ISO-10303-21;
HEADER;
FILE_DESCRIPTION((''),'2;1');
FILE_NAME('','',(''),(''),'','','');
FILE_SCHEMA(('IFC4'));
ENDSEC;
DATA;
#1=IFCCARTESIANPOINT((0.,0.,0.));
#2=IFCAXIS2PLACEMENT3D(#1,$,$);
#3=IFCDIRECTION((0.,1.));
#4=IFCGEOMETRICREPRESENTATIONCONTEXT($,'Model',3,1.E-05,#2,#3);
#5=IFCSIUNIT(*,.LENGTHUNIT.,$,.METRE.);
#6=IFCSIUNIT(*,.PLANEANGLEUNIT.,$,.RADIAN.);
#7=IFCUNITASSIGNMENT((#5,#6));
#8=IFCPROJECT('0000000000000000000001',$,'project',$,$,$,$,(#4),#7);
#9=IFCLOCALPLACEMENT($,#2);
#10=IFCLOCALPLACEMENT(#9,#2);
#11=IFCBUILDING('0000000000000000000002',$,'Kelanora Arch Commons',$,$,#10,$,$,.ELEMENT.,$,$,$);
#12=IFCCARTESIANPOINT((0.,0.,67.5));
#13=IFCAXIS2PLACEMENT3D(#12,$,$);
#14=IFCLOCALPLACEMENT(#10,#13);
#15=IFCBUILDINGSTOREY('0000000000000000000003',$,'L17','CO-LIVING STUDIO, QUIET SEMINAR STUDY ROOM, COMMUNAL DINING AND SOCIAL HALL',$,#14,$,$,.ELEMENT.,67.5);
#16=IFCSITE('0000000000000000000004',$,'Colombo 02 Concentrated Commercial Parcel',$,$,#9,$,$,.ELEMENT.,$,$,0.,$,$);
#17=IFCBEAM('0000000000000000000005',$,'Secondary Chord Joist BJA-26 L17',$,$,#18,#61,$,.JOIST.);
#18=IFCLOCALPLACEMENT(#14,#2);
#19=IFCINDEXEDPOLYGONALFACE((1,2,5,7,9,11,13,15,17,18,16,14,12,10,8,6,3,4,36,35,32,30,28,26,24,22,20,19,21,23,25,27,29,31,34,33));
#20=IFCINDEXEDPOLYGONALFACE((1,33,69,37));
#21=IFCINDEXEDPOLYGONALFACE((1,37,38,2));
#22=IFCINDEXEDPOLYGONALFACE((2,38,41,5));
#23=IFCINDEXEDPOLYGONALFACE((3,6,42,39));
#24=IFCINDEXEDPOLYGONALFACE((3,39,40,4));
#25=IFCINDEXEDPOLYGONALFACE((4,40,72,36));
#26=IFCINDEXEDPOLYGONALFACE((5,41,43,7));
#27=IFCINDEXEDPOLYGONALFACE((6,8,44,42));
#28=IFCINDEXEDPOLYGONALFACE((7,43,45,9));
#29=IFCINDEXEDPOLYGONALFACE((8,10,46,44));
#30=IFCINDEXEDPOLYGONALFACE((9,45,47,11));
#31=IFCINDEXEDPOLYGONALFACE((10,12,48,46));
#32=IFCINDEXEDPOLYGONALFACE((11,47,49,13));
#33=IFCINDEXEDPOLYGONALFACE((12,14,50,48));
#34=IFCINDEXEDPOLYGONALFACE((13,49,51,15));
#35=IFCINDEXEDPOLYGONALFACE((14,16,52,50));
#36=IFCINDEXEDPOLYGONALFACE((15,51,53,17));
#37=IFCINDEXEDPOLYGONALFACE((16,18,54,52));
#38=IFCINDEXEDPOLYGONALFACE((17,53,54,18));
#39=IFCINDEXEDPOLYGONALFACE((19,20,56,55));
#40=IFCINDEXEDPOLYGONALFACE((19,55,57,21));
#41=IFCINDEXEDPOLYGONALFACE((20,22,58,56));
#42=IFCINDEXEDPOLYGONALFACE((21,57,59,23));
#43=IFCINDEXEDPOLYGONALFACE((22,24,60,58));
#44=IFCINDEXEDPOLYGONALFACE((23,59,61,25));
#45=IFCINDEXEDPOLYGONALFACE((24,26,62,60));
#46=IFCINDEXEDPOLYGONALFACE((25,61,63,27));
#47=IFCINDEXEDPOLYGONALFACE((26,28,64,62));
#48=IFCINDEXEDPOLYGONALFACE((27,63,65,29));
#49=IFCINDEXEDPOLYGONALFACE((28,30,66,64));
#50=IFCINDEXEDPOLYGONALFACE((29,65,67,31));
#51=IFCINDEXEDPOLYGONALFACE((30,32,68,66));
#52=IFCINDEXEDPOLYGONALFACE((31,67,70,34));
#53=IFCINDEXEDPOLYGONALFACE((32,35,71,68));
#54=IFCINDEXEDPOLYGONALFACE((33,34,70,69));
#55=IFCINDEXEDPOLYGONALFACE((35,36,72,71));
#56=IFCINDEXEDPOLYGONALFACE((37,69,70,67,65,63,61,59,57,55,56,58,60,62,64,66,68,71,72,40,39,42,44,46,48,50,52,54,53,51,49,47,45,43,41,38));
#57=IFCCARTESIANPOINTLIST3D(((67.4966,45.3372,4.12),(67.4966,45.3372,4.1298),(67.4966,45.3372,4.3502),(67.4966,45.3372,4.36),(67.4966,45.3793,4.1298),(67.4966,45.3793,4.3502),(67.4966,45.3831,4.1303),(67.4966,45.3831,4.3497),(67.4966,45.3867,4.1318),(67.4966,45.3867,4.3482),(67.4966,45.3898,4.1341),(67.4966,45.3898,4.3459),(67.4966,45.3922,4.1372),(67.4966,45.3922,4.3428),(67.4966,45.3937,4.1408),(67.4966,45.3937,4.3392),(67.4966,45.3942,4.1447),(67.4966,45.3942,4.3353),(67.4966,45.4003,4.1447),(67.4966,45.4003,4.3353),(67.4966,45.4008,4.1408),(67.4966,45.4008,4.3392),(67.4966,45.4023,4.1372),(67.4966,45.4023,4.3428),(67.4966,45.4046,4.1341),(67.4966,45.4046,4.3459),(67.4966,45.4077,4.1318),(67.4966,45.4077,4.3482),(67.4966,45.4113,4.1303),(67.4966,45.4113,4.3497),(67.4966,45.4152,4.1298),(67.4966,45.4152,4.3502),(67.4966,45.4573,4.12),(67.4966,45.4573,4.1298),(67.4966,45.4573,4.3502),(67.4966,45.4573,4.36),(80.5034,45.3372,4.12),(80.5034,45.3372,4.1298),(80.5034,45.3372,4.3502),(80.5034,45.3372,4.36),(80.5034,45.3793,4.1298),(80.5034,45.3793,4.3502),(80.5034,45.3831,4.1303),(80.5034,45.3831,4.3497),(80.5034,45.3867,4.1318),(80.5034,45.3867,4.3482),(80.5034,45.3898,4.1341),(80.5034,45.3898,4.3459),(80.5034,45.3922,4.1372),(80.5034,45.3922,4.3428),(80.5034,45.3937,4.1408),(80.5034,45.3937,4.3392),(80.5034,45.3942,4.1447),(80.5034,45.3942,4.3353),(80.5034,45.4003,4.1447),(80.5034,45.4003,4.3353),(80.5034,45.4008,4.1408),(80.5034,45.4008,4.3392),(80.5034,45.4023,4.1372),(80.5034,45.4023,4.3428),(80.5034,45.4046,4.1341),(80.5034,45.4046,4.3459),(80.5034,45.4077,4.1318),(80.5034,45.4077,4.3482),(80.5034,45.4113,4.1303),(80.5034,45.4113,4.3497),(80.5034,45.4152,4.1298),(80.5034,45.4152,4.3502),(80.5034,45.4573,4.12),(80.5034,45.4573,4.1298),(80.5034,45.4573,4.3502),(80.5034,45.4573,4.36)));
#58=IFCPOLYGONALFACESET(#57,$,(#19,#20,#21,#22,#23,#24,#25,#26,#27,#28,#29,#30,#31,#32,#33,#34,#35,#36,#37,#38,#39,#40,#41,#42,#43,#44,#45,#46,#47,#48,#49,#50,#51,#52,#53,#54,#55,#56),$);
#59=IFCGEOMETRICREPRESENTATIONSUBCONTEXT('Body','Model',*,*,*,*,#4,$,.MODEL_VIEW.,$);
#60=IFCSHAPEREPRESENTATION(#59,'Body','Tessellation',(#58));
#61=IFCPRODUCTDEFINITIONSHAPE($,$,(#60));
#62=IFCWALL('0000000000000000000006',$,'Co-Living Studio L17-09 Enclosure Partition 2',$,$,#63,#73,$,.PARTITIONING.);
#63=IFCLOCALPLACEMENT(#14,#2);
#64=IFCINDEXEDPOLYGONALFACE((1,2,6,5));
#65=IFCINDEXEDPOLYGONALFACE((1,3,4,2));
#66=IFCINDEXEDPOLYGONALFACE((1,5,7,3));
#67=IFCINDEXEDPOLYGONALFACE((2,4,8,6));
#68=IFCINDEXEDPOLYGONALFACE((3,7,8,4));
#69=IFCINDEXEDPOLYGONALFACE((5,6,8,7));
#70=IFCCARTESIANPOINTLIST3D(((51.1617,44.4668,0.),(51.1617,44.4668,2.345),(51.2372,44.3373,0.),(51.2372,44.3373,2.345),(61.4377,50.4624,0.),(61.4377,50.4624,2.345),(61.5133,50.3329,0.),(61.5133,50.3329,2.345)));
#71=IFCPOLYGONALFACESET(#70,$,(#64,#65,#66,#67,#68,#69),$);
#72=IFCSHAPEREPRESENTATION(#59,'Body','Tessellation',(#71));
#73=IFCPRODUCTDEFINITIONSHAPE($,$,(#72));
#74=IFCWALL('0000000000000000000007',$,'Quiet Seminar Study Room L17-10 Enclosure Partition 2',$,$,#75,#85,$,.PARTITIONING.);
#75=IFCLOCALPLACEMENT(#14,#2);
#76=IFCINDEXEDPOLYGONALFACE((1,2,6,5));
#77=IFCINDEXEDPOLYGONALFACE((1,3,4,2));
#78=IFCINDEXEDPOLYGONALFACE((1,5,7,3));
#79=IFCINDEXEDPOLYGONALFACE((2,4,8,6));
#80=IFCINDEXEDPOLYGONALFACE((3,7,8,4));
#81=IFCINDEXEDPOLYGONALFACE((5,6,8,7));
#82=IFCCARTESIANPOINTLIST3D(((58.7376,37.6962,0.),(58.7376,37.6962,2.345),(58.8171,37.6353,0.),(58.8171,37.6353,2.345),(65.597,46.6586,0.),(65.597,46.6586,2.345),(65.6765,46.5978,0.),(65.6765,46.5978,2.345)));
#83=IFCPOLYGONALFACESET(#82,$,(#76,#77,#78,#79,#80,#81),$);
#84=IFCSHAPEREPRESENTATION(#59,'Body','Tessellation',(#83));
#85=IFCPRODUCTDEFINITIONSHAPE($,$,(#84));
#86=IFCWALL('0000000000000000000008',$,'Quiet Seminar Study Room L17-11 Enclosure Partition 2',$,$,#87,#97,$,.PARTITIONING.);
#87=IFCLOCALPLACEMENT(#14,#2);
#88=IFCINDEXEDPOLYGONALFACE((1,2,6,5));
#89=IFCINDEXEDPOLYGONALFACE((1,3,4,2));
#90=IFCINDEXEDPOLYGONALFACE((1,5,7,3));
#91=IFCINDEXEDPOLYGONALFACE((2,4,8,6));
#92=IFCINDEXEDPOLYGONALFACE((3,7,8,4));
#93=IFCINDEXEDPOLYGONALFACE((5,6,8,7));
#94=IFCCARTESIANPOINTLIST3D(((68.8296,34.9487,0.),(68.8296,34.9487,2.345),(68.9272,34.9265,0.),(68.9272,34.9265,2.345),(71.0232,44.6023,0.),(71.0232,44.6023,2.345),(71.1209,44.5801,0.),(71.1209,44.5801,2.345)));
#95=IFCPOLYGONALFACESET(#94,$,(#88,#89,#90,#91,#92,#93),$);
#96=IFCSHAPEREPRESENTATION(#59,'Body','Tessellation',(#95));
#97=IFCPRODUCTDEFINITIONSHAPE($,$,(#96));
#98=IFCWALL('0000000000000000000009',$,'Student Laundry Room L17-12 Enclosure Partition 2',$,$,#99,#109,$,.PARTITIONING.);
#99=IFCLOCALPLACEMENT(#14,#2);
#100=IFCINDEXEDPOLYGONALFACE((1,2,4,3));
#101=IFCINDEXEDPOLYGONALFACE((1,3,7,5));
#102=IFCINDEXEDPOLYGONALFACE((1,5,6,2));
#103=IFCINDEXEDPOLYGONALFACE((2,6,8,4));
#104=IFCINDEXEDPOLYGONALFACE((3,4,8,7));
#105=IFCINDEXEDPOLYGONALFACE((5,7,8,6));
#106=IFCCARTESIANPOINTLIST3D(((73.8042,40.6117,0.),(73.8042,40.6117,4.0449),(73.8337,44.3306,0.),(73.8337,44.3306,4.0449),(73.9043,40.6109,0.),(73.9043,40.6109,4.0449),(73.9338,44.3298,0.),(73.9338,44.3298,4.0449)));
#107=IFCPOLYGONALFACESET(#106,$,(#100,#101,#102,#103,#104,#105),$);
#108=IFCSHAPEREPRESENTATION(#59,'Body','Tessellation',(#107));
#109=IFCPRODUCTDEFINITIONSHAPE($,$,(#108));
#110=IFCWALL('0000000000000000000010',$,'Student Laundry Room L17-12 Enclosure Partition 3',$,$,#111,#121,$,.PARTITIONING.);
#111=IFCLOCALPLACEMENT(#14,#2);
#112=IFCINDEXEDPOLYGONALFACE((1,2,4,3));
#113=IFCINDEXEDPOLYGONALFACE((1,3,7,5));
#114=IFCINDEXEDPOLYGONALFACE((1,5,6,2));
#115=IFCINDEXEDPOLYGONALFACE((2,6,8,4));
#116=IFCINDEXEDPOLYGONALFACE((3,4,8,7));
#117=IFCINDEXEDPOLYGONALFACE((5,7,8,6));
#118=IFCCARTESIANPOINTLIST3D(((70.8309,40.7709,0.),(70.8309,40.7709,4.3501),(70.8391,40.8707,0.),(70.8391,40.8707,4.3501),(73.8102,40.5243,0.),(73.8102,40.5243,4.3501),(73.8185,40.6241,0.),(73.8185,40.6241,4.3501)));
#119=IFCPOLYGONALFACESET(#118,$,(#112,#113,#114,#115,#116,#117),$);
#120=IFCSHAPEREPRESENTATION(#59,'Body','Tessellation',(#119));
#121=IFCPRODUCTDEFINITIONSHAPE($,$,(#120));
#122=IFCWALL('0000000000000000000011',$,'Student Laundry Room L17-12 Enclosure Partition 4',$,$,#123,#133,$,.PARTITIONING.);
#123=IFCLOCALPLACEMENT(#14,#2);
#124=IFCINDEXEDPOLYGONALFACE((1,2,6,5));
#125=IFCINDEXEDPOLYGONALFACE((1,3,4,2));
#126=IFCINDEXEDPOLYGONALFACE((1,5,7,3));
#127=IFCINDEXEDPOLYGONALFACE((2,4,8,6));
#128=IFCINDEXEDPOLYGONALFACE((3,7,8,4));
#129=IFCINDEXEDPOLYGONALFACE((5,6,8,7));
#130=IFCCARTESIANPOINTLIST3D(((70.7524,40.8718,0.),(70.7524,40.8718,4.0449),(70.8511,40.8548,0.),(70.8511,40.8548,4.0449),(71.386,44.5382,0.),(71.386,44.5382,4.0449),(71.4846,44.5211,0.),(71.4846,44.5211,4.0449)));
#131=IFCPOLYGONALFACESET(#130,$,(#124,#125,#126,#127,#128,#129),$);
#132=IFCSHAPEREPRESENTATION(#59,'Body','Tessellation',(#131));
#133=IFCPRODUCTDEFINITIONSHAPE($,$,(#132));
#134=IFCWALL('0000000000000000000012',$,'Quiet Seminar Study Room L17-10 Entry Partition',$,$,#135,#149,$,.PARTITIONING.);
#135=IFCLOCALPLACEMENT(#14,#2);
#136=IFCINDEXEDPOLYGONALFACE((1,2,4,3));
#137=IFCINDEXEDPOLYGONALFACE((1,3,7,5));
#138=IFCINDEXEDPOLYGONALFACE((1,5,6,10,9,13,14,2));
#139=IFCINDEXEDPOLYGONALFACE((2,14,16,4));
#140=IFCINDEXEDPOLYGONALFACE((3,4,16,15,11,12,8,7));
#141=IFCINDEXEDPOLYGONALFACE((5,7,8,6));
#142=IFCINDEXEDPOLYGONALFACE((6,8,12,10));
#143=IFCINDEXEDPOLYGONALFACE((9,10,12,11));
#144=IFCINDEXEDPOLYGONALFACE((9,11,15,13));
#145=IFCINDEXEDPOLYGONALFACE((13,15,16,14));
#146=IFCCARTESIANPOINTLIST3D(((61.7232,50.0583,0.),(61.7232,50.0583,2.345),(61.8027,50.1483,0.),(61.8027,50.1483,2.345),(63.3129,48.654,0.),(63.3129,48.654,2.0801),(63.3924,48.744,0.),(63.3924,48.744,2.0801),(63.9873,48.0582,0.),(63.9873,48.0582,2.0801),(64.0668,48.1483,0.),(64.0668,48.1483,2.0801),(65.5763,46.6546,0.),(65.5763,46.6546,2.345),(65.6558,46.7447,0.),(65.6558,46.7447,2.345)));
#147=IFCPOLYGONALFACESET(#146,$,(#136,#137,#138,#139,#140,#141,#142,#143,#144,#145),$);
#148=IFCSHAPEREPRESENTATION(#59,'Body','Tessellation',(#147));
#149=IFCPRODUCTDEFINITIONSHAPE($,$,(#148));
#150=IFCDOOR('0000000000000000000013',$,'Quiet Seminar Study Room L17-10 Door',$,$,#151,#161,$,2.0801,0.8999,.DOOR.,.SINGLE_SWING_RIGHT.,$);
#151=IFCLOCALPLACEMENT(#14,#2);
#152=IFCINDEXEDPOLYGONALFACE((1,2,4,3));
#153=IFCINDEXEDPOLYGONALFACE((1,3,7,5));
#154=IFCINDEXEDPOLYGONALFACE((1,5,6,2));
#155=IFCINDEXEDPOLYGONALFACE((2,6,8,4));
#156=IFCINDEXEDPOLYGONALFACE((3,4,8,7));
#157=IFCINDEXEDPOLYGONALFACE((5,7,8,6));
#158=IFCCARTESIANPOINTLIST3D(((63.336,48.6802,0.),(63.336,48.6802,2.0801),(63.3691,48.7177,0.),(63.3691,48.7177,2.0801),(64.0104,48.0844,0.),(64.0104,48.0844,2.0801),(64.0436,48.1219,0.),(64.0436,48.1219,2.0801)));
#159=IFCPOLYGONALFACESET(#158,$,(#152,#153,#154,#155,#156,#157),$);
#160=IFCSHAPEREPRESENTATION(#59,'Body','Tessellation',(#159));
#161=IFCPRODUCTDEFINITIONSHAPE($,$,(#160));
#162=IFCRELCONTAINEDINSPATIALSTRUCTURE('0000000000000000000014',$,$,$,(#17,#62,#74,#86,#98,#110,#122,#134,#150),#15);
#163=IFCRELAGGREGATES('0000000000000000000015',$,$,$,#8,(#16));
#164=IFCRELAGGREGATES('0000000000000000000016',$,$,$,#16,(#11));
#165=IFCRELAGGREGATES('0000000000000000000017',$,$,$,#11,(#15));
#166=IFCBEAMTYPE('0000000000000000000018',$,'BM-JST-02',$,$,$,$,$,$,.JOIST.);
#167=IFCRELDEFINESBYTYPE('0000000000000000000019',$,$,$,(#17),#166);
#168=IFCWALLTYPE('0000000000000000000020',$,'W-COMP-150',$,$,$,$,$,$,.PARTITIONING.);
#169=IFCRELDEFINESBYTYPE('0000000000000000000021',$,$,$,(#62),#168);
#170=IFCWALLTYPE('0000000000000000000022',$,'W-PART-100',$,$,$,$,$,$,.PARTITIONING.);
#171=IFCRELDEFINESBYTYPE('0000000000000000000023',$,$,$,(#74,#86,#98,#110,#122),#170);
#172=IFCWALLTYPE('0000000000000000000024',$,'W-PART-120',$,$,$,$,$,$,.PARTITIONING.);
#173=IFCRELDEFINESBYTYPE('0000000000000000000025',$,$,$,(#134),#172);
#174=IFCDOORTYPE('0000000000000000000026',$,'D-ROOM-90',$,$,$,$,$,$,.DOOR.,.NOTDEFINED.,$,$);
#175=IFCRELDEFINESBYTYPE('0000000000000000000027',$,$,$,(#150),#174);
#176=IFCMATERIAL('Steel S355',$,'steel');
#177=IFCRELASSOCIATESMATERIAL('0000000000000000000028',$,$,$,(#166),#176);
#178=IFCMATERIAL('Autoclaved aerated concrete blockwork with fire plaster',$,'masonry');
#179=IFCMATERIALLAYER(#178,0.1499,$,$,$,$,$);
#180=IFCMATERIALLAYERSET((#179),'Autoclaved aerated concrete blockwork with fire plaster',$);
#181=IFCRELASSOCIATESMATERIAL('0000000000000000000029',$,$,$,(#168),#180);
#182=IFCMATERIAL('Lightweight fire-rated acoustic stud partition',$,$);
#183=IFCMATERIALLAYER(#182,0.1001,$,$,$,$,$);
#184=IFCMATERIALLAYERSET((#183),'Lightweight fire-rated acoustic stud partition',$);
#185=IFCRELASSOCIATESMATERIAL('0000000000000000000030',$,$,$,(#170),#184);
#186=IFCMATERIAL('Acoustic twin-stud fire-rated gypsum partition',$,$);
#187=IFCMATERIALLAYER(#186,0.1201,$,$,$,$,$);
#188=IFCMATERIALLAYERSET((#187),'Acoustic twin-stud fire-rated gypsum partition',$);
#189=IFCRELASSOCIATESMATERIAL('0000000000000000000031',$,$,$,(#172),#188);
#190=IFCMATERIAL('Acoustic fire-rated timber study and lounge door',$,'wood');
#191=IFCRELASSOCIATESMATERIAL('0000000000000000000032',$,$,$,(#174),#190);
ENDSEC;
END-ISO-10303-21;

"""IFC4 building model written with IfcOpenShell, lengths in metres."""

from ifc_helpers import new_model, si_unit, direction, frame, frame_2d, origin, origin_2d, place, context, subcontext, project, spatial, rectangle, i_section, extrude, material, layer, layer_set, material_profile, profile_set, type_object, element, fill, save


model = new_model("IFC4")

# Units and contexts
model_context = context("Model", 3, precision=1e-05, world=origin(), true_north=direction((0.0, 1.0)))
body_context = subcontext(model_context, "Body", "Model", "MODEL_VIEW")
ifc_project = project(units=[si_unit("LENGTHUNIT", "METRE"), si_unit("PLANEANGLEUNIT", "RADIAN")], contexts=[model_context])

# Site, building, storey
site_placement = place(None, origin())
site = spatial("IfcSite", under=ifc_project, at=site_placement, Name="Colombo 02 Concentrated Commercial Parcel", CompositionType="ELEMENT", RefElevation=0.0)
building_placement = place(site_placement, origin())
building = spatial("IfcBuilding", under=site, at=building_placement, Name="Kelanora Arch Commons", CompositionType="ELEMENT")
storey_placement = place(building_placement, frame((0.0, 0.0, 67.5)))
storey = spatial("IfcBuildingStorey", under=building, at=storey_placement, Name="L17", Description="CO-LIVING STUDIO, QUIET SEMINAR STUDY ROOM, COMMUNAL DINING AND SOCIAL HALL", CompositionType="ELEMENT", Elevation=67.5)

# Beam
ifc_material_1 = material(Name="Steel S355", Category="steel")
ifc_material_profile_1 = material_profile(ifc_material_1, i_section(OverallWidth=0.1201, OverallDepth=0.24, WebThickness=0.0061, FlangeThickness=0.0098, FilletRadius=0.0149, at=origin_2d()), Name="IPE240")
ifc_profile_set_1 = profile_set([ifc_material_profile_1], Name="Steel S355")
beam_type_1 = type_object("IfcBeamType", Name="BM-JST-02", PredefinedType="JOIST", material=ifc_profile_set_1)
beam_1_placement = place(storey_placement, frame((67.4966, 45.3972, 4.24), z_axis=(1.0, 0.0, 0.0), x_axis=(0.0, 1.0, 0.0)))
element("IfcBeam", 1, at=beam_1_placement, inside=storey, type_object=beam_type_1, Name="Secondary Chord Joist BJA-26 L17", PredefinedType="JOIST", context=body_context, shape_type="SweptSolid", body=[
    extrude(i_section(OverallWidth=0.1201, OverallDepth=0.24, WebThickness=0.0061, FlangeThickness=0.0098, FilletRadius=0.0149, at=origin_2d()), origin(), (0.0, 0.0, 1.0), 13.0068),
])

# Walls
ifc_material_2 = material(Name="Autoclaved aerated concrete blockwork with fire plaster", Category="masonry")
ifc_layer_1 = layer(ifc_material_2, 0.1499)
ifc_layer_set_1 = layer_set([ifc_layer_1], Name="Autoclaved aerated concrete blockwork with fire plaster")
wall_type_1 = type_object("IfcWallType", Name="W-COMP-150", PredefinedType="PARTITIONING", material=ifc_layer_set_1)
wall_1_placement = place(storey_placement, frame((61.4756, 50.3977, 0.0), z_axis=(0.0, 0.0, 1.0), x_axis=(-0.863735, -0.503946, 0.0)))
element("IfcWall", 2, at=wall_1_placement, inside=storey, type_object=wall_type_1, Name="Co-Living Studio L17-09 Enclosure Partition 2", PredefinedType="PARTITIONING", context=body_context, shape_type="SweptSolid", body=[
    extrude(rectangle(XDim=11.8972, YDim=0.1499, at=frame_2d((5.9487, 0.0))), origin(), (0.0, 0.0, 1.0), 2.345),
])
ifc_material_3 = material(Name="Lightweight fire-rated acoustic stud partition")
ifc_layer_2 = layer(ifc_material_3, 0.1001)
ifc_layer_set_2 = layer_set([ifc_layer_2], Name="Lightweight fire-rated acoustic stud partition")
wall_type_2 = type_object("IfcWallType", Name="W-PART-100", PredefinedType="PARTITIONING", material=ifc_layer_set_2)
wall_2_placement = place(storey_placement, frame((65.6367, 46.6282, 0.0), z_axis=(0.0, 0.0, 1.0), x_axis=(-0.607773, -0.794111, 0.0)))
element("IfcWall", 3, at=wall_2_placement, inside=storey, type_object=wall_type_2, Name="Quiet Seminar Study Room L17-10 Enclosure Partition 2", PredefinedType="PARTITIONING", context=body_context, shape_type="SweptSolid", body=[
    extrude(rectangle(XDim=11.2861, YDim=0.1001, at=frame_2d((5.6431, 0.0))), origin(), (0.0, 0.0, 1.0), 2.345),
])
wall_3_placement = place(storey_placement, frame((71.072, 44.5911, 0.0), z_axis=(0.0, 0.0, 1.0), x_axis=(-0.221584, -0.975141, 0.0)))
element("IfcWall", 4, at=wall_3_placement, inside=storey, type_object=wall_type_2, Name="Quiet Seminar Study Room L17-11 Enclosure Partition 2", PredefinedType="PARTITIONING", context=body_context, shape_type="SweptSolid", body=[
    extrude(rectangle(XDim=9.8997, YDim=0.1001, at=frame_2d((4.9497, 0.0))), origin(), (0.0, 0.0, 1.0), 2.345),
])
wall_4_placement = place(storey_placement, frame((73.8838, 44.3301, 0.0), z_axis=(0.0, 0.0, 1.0), x_axis=(-0.007943, -0.999968, 0.0)))
element("IfcWall", 5, at=wall_4_placement, inside=storey, type_object=wall_type_2, Name="Student Laundry Room L17-12 Enclosure Partition 2", PredefinedType="PARTITIONING", context=body_context, shape_type="SweptSolid", body=[
    extrude(rectangle(XDim=3.719, YDim=0.1001, at=frame_2d((1.8594, 0.0))), origin(), (0.0, 0.0, 1.0), 4.0449),
])
wall_5_placement = place(storey_placement, frame((73.8142, 40.5742, 0.0), z_axis=(0.0, 0.0, 1.0), x_axis=(-0.996592, 0.082484, 0.0)))
element("IfcWall", 6, at=wall_5_placement, inside=storey, type_object=wall_type_2, Name="Student Laundry Room L17-12 Enclosure Partition 3", PredefinedType="PARTITIONING", context=body_context, shape_type="SweptSolid", body=[
    extrude(rectangle(XDim=2.9895, YDim=0.1001, at=frame_2d((1.4946, 0.0))), origin(), (0.0, 0.0, 1.0), 4.3501),
])
wall_6_placement = place(storey_placement, frame((70.8018, 40.8633, 0.0), z_axis=(0.0, 0.0, 1.0), x_axis=(0.17028, 0.985396, 0.0)))
element("IfcWall", 7, at=wall_6_placement, inside=storey, type_object=wall_type_2, Name="Student Laundry Room L17-12 Enclosure Partition 4", PredefinedType="PARTITIONING", context=body_context, shape_type="SweptSolid", body=[
    extrude(rectangle(XDim=3.7207, YDim=0.1001, at=frame_2d((1.8604, 0.0))), origin(), (0.0, 0.0, 1.0), 4.0449),
])

# Wall, opening, door
ifc_material_4 = material(Name="Acoustic twin-stud fire-rated gypsum partition")
ifc_layer_3 = layer(ifc_material_4, 0.1201)
ifc_layer_set_3 = layer_set([ifc_layer_3], Name="Acoustic twin-stud fire-rated gypsum partition")
wall_type_3 = type_object("IfcWallType", Name="W-PART-120", PredefinedType="PARTITIONING", material=ifc_layer_set_3)
wall_7_placement = place(storey_placement, frame((61.7629, 50.1033, 0.0), z_axis=(0.0, 0.0, 1.0), x_axis=(0.749468, -0.662041, 0.0)))
wall_7 = element("IfcWall", 8, at=wall_7_placement, inside=storey, type_object=wall_type_3, Name="Quiet Seminar Study Room L17-10 Entry Partition", PredefinedType="PARTITIONING", context=body_context, shape_type="SweptSolid", body=[
    extrude(rectangle(XDim=5.1411, YDim=0.1201, at=frame_2d((2.5706, 0.0))), origin(), (0.0, 0.0, 1.0), 2.345),
])
opening_1_placement = place(wall_7_placement, frame((2.1211, 0.0, 0.0)))
opening_1 = element("IfcOpeningElement", 9, at=opening_1_placement, cuts=wall_7, PredefinedType="OPENING", context=body_context, shape_type="SweptSolid", body=[
    extrude(rectangle(XDim=0.8999, YDim=2.0801, at=frame_2d((0.45, 1.04))), frame((0.0, 0.0701, 0.0), z_axis=(0.0, -1.0, 0.0), x_axis=(1.0, 0.0, 0.0)), (0.0, 0.0, 1.0), 0.1401),
])
ifc_material_5 = material(Name="Acoustic fire-rated timber study and lounge door", Category="wood")
door_type = type_object("IfcDoorType", Name="D-ROOM-90", OperationType="NOTDEFINED", PredefinedType="DOOR", material=ifc_material_5)
door_1_placement = place(opening_1_placement, origin())
door_1 = element("IfcDoor", 10, at=door_1_placement, inside=storey, type_object=door_type, Name="Quiet Seminar Study Room L17-10 Door", OperationType="SINGLE_SWING_RIGHT", OverallHeight=2.0801, OverallWidth=0.8999, PredefinedType="DOOR", context=body_context, shape_type="SweptSolid", body=[
    extrude(rectangle(XDim=0.8999, YDim=2.0801, at=frame_2d((0.45, 1.04))), frame((0.0, 0.0249, 0.0), z_axis=(0.0, -1.0, 0.0), x_axis=(1.0, 0.0, 0.0)), (0.0, 0.0, 1.0), 0.05),
])
fill(opening_1, door_1)

save(model, "model.ifc")
